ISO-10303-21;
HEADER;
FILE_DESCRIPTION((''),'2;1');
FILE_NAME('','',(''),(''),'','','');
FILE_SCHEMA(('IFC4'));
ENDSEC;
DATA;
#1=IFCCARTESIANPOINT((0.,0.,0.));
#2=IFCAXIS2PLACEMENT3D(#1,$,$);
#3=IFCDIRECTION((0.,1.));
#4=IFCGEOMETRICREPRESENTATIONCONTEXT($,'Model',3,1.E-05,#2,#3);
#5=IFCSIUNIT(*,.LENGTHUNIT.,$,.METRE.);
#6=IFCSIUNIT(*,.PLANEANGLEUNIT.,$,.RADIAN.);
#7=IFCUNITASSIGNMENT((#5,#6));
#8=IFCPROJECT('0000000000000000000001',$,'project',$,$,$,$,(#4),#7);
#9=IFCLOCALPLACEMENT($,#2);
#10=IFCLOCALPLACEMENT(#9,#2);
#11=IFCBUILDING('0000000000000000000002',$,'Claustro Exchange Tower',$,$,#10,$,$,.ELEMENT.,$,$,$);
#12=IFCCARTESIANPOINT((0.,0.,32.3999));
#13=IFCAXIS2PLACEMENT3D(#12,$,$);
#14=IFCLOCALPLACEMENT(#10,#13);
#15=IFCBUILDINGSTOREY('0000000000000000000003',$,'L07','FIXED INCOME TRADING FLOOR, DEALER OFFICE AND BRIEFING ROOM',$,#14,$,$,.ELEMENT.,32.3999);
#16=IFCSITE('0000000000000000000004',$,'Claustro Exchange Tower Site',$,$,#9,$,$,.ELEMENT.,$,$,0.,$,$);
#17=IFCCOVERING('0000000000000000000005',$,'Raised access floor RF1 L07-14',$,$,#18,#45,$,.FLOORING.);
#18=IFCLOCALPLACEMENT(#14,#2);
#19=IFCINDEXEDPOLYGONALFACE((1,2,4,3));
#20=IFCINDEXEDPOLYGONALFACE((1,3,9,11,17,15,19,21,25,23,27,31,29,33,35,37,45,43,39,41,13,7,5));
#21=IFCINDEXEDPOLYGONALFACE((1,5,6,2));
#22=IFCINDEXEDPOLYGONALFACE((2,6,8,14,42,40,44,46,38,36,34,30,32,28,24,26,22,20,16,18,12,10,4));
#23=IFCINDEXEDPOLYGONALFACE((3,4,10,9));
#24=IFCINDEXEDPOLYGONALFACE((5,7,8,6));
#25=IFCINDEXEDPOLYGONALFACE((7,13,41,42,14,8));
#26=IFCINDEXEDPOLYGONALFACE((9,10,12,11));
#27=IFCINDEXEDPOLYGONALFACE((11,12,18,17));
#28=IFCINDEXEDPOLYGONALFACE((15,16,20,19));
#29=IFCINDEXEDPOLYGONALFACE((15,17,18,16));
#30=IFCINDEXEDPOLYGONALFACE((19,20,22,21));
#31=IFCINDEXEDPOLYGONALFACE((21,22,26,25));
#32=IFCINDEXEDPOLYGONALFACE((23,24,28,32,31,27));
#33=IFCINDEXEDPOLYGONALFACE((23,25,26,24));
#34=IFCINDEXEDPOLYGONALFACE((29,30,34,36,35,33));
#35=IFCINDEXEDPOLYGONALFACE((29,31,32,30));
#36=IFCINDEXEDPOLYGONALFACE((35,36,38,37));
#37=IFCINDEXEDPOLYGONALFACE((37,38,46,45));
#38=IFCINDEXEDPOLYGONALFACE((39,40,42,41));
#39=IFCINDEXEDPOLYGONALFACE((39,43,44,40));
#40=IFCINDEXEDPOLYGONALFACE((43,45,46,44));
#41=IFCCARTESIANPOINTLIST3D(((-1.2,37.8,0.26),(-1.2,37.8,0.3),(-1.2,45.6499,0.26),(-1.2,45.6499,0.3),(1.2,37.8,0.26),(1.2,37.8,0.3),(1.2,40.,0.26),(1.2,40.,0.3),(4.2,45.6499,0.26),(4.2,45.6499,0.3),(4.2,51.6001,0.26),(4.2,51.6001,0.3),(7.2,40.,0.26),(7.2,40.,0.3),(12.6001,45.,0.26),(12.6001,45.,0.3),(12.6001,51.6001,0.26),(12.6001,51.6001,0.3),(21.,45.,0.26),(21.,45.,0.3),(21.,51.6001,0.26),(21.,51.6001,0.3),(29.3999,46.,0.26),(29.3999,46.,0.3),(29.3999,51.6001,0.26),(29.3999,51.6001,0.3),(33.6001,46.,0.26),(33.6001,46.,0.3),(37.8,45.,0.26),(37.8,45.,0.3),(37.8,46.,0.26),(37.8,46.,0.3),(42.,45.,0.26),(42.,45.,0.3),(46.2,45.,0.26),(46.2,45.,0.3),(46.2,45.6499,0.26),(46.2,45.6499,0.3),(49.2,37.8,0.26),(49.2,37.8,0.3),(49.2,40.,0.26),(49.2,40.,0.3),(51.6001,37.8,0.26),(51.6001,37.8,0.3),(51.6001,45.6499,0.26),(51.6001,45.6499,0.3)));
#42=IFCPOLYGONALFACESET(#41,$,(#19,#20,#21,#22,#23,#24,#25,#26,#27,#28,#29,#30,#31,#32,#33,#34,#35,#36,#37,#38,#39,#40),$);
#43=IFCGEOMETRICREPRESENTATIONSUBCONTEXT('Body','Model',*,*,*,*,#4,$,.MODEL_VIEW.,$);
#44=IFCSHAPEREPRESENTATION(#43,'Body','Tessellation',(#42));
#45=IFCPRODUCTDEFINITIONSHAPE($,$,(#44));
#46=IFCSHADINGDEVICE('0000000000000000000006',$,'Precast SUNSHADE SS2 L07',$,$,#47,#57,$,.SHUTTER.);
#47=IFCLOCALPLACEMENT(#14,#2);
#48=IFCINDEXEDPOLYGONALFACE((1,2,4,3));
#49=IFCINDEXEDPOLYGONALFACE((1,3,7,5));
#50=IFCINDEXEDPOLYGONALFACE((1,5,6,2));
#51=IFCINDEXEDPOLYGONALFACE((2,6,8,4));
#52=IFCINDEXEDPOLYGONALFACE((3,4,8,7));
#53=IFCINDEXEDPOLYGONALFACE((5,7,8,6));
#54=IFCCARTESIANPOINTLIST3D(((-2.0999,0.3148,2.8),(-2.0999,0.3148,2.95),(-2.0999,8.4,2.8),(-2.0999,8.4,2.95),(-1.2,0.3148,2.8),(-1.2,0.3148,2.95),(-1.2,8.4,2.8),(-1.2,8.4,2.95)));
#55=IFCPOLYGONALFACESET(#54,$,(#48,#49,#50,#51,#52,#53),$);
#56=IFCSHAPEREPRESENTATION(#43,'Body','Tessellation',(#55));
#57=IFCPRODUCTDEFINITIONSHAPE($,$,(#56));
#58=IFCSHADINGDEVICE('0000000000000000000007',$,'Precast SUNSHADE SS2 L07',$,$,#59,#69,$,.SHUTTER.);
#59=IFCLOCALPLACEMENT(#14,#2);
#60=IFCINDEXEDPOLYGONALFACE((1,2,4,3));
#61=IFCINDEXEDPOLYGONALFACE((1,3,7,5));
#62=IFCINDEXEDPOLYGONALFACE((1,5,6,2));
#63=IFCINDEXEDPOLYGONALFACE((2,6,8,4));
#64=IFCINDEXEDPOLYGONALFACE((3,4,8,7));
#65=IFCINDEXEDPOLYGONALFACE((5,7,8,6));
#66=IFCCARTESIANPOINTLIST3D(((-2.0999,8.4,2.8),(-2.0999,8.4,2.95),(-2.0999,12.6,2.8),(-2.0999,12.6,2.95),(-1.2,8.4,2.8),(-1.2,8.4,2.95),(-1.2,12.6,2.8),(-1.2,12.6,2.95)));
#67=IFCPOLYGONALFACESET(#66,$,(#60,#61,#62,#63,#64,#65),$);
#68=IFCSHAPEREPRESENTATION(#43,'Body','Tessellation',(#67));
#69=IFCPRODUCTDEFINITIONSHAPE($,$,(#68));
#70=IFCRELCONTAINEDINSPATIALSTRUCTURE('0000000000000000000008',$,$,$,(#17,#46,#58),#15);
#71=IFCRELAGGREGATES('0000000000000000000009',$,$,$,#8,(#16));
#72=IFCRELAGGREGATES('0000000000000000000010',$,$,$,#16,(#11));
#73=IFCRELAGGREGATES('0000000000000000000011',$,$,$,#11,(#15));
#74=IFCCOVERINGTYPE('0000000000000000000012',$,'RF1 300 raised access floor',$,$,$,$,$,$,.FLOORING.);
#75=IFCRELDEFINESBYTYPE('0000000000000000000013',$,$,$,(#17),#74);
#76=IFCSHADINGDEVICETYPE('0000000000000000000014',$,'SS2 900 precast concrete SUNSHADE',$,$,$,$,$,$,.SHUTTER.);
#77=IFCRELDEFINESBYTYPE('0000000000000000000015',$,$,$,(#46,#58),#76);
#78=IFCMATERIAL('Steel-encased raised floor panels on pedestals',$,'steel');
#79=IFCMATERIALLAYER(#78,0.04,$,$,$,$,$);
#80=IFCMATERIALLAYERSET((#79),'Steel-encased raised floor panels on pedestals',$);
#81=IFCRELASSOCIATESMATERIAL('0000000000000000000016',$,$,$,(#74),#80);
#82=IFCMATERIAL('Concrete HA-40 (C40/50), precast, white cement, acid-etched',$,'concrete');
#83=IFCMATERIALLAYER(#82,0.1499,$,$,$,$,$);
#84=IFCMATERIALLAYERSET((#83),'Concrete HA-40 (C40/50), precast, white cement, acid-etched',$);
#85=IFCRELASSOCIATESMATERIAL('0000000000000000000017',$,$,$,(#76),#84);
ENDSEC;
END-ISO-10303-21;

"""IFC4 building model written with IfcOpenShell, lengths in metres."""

from ifc_helpers import new_model, si_unit, direction, frame, origin, origin_2d, place, context, subcontext, project, spatial, polyline, rectangle, outline, extrude, material, layer, layer_set, type_object, element, save


model = new_model("IFC4")

# Units and contexts
model_context = context("Model", 3, precision=1e-05, world=origin(), true_north=direction((0.0, 1.0)))
body_context = subcontext(model_context, "Body", "Model", "MODEL_VIEW")
ifc_project = project(units=[si_unit("LENGTHUNIT", "METRE"), si_unit("PLANEANGLEUNIT", "RADIAN")], contexts=[model_context])

# Site, building, storey
site_placement = place(None, origin())
site = spatial("IfcSite", under=ifc_project, at=site_placement, Name="Claustro Exchange Tower Site", CompositionType="ELEMENT", RefElevation=0.0)
building_placement = place(site_placement, origin())
building = spatial("IfcBuilding", under=site, at=building_placement, Name="Claustro Exchange Tower", CompositionType="ELEMENT")
storey_placement = place(building_placement, frame((0.0, 0.0, 32.3999)))
storey = spatial("IfcBuildingStorey", under=building, at=storey_placement, Name="L07", Description="FIXED INCOME TRADING FLOOR, DEALER OFFICE AND BRIEFING ROOM", CompositionType="ELEMENT", Elevation=32.3999)

# Covering
ifc_material_1 = material(Name="Steel-encased raised floor panels on pedestals", Category="steel")
ifc_layer_1 = layer(ifc_material_1, 0.04)
ifc_layer_set_1 = layer_set([ifc_layer_1], Name="Steel-encased raised floor panels on pedestals")
covering_type_1 = type_object("IfcCoveringType", Name="RF1 300 raised access floor", PredefinedType="FLOORING", material=ifc_layer_set_1)
covering_1_placement = place(storey_placement, frame((0.0, 0.0, 0.26)))
element("IfcCovering", 1, at=covering_1_placement, inside=storey, type_object=covering_type_1, Name="Raised access floor RF1 L07-14", PredefinedType="FLOORING", context=body_context, shape_type="SweptSolid", body=[
    extrude(outline(polyline([(-1.2, 45.6499), (-1.2, 37.8), (1.2, 37.8), (1.2, 40.0), (7.2, 40.0), (49.2, 40.0), (49.2, 37.8), (51.6001, 37.8), (51.6001, 45.6499), (46.2, 45.6499), (46.2, 45.0), (42.0, 45.0), (37.8, 45.0), (37.8, 46.0), (33.6001, 46.0), (29.3999, 46.0), (29.3999, 51.6001), (21.0, 51.6001), (21.0, 45.0), (12.6001, 45.0), (12.6001, 51.6001), (4.2, 51.6001), (4.2, 45.6499), (-1.2, 45.6499)])), origin(), (0.0, 0.0, 1.0), 0.04),
])

# Shading devices
ifc_material_2 = material(Name="Concrete HA-40 (C40/50), precast, white cement, acid-etched", Category="concrete")
ifc_layer_2 = layer(ifc_material_2, 0.1499)
ifc_layer_set_2 = layer_set([ifc_layer_2], Name="Concrete HA-40 (C40/50), precast, white cement, acid-etched")
shading_device_type = type_object("IfcShadingDeviceType", Name="SS2 900 precast concrete SUNSHADE", PredefinedType="SHUTTER", material=ifc_layer_set_2)
shading_device_1_placement = place(storey_placement, frame((-1.6499, 4.3574, 2.8), z_axis=(0.0, 0.0, 1.0), x_axis=(0.0, 1.0, 0.0)))
element("IfcShadingDevice", 2, at=shading_device_1_placement, inside=storey, type_object=shading_device_type, Name="Precast SUNSHADE SS2 L07", PredefinedType="SHUTTER", context=body_context, shape_type="SweptSolid", body=[
    extrude(rectangle(XDim=8.0852, YDim=0.8999, at=origin_2d()), origin(), (0.0, 0.0, 1.0), 0.1499),
])
shading_device_2_placement = place(storey_placement, frame((-1.6499, 10.5, 2.8), z_axis=(0.0, 0.0, 1.0), x_axis=(0.0, 1.0, 0.0)))
element("IfcShadingDevice", 3, at=shading_device_2_placement, inside=storey, type_object=shading_device_type, Name="Precast SUNSHADE SS2 L07", PredefinedType="SHUTTER", context=body_context, shape_type="SweptSolid", body=[
    extrude(rectangle(XDim=4.2, YDim=0.8999, at=origin_2d()), origin(), (0.0, 0.0, 1.0), 0.1499),
])

save(model, "model.ifc")
